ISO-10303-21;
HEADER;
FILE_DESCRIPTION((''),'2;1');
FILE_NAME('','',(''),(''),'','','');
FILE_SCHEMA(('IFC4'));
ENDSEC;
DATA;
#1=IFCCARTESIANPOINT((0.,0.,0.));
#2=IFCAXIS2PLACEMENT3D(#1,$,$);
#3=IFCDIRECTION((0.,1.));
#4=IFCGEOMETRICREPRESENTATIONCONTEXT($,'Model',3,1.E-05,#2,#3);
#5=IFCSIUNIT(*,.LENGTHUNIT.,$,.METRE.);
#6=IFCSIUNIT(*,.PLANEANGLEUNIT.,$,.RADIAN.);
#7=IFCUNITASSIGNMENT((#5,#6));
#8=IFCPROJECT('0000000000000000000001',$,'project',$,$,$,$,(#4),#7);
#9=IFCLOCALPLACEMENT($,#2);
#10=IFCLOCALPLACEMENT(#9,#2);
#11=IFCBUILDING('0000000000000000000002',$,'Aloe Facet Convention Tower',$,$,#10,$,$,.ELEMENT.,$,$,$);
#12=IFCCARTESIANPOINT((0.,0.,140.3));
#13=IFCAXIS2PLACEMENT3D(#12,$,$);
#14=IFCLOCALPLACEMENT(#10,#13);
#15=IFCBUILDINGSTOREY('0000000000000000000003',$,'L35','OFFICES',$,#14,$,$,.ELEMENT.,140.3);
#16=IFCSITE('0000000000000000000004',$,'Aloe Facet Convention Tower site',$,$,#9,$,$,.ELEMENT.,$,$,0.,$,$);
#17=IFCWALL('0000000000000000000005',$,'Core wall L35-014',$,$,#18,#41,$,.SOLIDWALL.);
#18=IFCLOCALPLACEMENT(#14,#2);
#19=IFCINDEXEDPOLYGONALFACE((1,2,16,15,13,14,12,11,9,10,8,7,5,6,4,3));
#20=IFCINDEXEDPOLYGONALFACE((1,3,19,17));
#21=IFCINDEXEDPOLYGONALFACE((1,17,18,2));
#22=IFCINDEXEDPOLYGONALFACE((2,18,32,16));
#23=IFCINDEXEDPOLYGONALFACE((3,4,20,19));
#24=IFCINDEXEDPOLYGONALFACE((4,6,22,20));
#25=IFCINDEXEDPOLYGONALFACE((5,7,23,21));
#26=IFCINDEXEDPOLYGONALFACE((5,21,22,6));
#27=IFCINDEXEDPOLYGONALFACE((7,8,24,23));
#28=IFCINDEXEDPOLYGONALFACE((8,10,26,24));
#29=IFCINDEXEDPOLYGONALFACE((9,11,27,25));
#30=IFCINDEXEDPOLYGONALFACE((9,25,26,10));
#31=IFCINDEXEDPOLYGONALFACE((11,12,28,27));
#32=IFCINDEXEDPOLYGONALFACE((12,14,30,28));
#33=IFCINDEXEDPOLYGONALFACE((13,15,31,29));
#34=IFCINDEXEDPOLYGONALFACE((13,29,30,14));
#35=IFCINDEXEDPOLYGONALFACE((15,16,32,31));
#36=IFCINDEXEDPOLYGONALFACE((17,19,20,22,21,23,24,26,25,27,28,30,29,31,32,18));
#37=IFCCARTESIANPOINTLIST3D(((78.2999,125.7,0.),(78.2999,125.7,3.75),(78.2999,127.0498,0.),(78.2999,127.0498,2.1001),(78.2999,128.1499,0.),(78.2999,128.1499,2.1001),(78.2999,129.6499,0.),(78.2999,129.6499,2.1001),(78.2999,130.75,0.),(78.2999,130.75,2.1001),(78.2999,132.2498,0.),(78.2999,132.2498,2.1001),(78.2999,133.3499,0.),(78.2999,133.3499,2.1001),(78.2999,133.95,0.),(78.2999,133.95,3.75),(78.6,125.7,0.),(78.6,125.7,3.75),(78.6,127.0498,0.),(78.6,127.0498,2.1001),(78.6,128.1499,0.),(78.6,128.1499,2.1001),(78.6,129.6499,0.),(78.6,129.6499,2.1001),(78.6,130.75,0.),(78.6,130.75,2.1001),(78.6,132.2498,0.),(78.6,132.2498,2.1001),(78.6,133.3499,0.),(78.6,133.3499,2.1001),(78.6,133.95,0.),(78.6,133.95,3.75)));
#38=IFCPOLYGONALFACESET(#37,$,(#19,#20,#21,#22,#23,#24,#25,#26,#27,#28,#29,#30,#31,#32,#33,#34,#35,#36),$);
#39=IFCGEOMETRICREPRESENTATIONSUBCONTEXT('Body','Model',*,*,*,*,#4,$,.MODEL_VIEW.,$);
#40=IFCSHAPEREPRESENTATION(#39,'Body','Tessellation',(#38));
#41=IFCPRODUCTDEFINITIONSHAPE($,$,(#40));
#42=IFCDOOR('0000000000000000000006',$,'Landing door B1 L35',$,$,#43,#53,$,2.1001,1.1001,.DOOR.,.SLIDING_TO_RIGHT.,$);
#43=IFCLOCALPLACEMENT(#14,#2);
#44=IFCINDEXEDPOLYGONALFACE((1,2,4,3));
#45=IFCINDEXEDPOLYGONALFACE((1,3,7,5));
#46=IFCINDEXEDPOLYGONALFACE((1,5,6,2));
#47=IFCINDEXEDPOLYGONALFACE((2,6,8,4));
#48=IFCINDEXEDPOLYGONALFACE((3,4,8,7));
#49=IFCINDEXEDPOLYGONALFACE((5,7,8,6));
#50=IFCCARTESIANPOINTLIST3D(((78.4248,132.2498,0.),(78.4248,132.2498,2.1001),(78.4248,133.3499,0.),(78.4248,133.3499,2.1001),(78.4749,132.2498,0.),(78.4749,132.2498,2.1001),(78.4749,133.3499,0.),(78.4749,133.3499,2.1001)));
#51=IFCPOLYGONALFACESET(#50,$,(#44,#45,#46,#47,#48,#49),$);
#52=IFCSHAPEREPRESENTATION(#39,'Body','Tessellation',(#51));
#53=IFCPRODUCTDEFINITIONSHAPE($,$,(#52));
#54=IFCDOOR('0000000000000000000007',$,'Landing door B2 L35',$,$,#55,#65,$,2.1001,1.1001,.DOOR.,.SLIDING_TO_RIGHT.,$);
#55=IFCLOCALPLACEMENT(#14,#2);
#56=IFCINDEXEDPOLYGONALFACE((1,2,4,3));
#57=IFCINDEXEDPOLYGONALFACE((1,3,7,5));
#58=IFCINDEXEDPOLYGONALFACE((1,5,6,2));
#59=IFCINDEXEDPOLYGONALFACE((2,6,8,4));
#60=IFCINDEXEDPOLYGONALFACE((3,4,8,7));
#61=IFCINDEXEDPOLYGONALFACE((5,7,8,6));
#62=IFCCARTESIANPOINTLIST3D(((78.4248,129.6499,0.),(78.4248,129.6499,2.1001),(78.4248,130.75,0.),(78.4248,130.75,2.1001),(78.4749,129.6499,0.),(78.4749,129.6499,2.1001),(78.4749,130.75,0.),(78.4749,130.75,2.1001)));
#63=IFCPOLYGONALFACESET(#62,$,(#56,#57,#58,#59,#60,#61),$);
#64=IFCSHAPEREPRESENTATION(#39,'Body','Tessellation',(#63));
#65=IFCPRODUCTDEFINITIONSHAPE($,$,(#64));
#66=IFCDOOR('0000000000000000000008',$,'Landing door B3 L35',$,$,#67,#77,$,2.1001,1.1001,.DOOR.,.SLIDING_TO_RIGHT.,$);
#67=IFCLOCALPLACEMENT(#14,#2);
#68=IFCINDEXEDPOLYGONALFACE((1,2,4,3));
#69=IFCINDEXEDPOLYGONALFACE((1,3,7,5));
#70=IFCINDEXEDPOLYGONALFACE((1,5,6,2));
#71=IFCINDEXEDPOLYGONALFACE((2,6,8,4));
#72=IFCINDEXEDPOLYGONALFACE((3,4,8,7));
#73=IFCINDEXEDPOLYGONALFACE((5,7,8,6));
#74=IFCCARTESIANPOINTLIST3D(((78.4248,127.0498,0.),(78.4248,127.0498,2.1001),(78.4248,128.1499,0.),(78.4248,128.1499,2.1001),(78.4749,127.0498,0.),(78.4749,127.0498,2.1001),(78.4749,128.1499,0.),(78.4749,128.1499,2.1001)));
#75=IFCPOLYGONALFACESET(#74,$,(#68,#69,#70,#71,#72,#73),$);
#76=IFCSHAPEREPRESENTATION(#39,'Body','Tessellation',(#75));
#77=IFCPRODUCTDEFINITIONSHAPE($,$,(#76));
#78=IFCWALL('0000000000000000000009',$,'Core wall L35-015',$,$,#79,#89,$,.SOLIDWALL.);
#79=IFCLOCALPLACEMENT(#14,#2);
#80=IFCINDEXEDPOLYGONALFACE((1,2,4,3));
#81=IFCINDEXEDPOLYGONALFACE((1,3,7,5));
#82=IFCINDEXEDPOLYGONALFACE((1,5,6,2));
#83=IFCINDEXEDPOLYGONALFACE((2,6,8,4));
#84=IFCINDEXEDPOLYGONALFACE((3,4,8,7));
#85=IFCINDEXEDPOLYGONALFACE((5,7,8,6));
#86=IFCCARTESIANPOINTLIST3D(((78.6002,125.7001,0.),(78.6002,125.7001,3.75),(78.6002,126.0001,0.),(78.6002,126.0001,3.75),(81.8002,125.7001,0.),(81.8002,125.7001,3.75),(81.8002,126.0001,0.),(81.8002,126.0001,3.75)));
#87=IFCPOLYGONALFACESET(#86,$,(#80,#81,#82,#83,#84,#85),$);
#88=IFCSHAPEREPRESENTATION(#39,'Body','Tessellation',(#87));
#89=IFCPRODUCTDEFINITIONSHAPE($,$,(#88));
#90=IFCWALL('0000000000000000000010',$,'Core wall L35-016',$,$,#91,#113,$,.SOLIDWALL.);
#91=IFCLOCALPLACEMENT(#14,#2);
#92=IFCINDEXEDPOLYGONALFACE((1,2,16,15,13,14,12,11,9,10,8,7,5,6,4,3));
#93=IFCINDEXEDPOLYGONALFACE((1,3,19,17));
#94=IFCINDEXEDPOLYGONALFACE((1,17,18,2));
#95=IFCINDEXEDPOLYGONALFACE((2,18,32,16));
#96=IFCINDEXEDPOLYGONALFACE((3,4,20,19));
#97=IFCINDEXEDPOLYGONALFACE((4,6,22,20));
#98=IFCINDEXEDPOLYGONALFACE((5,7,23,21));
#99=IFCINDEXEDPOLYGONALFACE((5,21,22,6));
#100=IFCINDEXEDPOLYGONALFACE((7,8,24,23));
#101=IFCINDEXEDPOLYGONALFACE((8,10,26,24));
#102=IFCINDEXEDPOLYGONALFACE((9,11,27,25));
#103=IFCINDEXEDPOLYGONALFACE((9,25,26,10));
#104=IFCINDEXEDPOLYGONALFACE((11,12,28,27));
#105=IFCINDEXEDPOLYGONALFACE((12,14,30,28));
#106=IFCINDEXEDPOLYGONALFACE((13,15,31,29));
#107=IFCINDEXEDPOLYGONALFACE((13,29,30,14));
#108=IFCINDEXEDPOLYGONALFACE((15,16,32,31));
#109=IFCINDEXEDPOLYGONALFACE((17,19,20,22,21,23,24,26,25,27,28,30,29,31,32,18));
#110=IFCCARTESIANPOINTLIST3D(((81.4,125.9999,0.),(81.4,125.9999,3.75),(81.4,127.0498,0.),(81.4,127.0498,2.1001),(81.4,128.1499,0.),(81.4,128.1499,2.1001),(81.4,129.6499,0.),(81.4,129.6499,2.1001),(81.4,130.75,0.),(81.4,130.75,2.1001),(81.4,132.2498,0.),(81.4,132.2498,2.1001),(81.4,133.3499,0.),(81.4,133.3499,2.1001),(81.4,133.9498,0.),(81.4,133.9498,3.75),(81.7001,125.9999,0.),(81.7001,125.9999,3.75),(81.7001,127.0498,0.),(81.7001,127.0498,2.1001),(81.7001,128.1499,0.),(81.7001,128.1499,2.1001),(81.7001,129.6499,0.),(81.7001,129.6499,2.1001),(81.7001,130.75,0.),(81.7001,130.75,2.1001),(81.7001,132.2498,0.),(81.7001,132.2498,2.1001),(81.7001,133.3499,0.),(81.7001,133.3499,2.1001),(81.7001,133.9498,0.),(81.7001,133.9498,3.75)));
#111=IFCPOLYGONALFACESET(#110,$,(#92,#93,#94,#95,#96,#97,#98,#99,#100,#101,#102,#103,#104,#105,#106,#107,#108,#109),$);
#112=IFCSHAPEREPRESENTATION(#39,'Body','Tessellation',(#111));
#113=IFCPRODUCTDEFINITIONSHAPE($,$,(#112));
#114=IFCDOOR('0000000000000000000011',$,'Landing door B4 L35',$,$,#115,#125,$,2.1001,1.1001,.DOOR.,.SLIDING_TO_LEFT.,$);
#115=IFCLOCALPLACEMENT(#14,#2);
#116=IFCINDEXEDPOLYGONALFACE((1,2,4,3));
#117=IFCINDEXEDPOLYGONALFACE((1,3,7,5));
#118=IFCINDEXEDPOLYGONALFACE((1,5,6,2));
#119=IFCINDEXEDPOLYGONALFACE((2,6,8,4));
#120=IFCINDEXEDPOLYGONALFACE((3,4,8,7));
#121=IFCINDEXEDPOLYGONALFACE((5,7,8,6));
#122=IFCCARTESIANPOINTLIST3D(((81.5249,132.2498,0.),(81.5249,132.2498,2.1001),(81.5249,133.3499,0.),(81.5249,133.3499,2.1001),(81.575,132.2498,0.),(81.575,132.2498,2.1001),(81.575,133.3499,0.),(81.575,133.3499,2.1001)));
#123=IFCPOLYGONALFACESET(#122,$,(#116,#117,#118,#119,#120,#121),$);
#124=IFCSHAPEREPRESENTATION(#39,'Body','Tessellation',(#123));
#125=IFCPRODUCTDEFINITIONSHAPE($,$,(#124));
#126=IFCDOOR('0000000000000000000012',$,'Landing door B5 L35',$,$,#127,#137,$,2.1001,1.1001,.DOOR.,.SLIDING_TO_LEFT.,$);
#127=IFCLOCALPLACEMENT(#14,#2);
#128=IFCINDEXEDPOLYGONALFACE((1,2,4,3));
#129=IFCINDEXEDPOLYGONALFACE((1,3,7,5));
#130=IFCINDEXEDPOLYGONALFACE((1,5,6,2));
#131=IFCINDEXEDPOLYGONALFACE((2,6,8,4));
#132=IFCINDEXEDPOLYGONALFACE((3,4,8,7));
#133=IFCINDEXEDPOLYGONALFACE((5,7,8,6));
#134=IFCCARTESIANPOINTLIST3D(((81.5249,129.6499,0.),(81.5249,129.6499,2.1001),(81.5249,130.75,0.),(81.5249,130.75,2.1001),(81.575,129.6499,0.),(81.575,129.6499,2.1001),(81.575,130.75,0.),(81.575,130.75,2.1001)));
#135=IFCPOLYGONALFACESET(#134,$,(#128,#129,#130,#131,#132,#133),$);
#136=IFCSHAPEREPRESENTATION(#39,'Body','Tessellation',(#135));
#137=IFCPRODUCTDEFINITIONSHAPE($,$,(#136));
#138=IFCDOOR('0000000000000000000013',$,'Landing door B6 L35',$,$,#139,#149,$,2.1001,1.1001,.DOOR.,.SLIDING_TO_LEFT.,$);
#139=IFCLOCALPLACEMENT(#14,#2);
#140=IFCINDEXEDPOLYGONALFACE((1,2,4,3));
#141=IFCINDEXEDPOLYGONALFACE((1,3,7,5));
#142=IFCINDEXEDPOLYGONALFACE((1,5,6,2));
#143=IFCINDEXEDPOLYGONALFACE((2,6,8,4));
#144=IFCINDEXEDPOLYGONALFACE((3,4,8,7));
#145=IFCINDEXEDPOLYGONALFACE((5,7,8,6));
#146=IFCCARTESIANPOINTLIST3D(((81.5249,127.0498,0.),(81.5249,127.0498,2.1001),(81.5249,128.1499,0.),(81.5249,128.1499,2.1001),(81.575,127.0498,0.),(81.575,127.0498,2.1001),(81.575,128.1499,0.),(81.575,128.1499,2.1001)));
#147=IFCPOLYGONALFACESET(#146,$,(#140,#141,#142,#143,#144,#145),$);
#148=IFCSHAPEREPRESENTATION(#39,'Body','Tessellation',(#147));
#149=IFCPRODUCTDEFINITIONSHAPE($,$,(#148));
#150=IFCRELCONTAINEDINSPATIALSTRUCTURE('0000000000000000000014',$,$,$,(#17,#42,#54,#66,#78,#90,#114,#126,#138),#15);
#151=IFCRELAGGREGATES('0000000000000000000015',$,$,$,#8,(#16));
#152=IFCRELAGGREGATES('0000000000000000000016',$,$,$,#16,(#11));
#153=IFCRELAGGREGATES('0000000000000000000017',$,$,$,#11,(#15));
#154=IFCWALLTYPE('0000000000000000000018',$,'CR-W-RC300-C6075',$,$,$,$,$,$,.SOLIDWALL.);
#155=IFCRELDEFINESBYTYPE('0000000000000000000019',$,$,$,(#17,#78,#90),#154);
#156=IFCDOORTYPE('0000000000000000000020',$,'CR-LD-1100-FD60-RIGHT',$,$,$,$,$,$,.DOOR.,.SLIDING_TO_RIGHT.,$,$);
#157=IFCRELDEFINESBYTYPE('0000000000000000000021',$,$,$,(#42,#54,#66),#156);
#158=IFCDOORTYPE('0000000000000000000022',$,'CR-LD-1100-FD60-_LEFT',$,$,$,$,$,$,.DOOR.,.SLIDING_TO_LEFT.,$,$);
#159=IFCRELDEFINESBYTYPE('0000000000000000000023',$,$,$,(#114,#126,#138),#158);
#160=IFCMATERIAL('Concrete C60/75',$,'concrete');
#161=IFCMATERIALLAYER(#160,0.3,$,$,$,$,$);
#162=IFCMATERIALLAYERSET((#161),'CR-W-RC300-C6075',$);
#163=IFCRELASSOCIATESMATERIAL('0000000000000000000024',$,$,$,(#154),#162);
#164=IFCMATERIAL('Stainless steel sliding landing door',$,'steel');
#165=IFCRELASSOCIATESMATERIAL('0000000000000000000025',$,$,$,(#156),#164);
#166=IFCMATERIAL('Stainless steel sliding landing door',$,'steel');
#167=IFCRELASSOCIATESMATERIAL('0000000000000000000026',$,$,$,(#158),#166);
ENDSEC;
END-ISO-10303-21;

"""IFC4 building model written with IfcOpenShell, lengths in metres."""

from ifc_helpers import new_model, si_unit, direction, frame, frame_2d, origin, place, context, subcontext, project, spatial, rectangle, extrude, material, layer, layer_set, type_object, element, fill, save


model = new_model("IFC4")

# Units and contexts
model_context = context("Model", 3, precision=1e-05, world=origin(), true_north=direction((0.0, 1.0)))
body_context = subcontext(model_context, "Body", "Model", "MODEL_VIEW")
ifc_project = project(units=[si_unit("LENGTHUNIT", "METRE"), si_unit("PLANEANGLEUNIT", "RADIAN")], contexts=[model_context])

# Site, building, storey
site_placement = place(None, origin())
site = spatial("IfcSite", under=ifc_project, at=site_placement, Name="Aloe Facet Convention Tower site", CompositionType="ELEMENT", RefElevation=0.0)
building_placement = place(site_placement, origin())
building = spatial("IfcBuilding", under=site, at=building_placement, Name="Aloe Facet Convention Tower", CompositionType="ELEMENT")
storey_placement = place(building_placement, frame((0.0, 0.0, 140.3)))
storey = spatial("IfcBuildingStorey", under=building, at=storey_placement, Name="L35", Description="OFFICES", CompositionType="ELEMENT", Elevation=140.3)

# Wall, openings, doors
ifc_material_1 = material(Name="Concrete C60/75", Category="concrete")
ifc_layer = layer(ifc_material_1, 0.3)
ifc_layer_set = layer_set([ifc_layer], Name="CR-W-RC300-C6075")
wall_type = type_object("IfcWallType", Name="CR-W-RC300-C6075", PredefinedType="SOLIDWALL", material=ifc_layer_set)
wall_1_placement = place(storey_placement, frame((78.45, 133.95, 0.0), z_axis=(0.0, 0.0, 1.0), x_axis=(0.0, -1.0, 0.0)))
wall_1 = element("IfcWall", 1, at=wall_1_placement, inside=storey, type_object=wall_type, Name="Core wall L35-014", PredefinedType="SOLIDWALL", context=body_context, shape_type="SweptSolid", body=[
    extrude(rectangle(XDim=8.25, YDim=0.3, at=frame_2d((4.125, 0.0))), origin(), (0.0, 0.0, 1.0), 3.75),
])
opening_1_placement = place(wall_1_placement, frame((0.6001, 0.0, 0.0)))
opening_1 = element("IfcOpeningElement", 2, at=opening_1_placement, cuts=wall_1, PredefinedType="OPENING", context=body_context, shape_type="SweptSolid", body=[
    extrude(rectangle(XDim=1.1001, YDim=2.1001, at=frame_2d((0.55, 1.05))), frame((0.0, 0.1602, 0.0), z_axis=(0.0, -1.0, 0.0), x_axis=(1.0, 0.0, 0.0)), (0.0, 0.0, 1.0), 0.3201),
])
opening_2_placement = place(wall_1_placement, frame((3.2, 0.0, 0.0)))
opening_2 = element("IfcOpeningElement", 3, at=opening_2_placement, cuts=wall_1, PredefinedType="OPENING", context=body_context, shape_type="SweptSolid", body=[
    extrude(rectangle(XDim=1.1001, YDim=2.1001, at=frame_2d((0.55, 1.05))), frame((0.0, 0.1602, 0.0), z_axis=(0.0, -1.0, 0.0), x_axis=(1.0, 0.0, 0.0)), (0.0, 0.0, 1.0), 0.3201),
])
opening_3_placement = place(wall_1_placement, frame((5.8, 0.0, 0.0)))
opening_3 = element("IfcOpeningElement", 4, at=opening_3_placement, cuts=wall_1, PredefinedType="OPENING", context=body_context, shape_type="SweptSolid", body=[
    extrude(rectangle(XDim=1.1001, YDim=2.1001, at=frame_2d((0.55, 1.05))), frame((0.0, 0.1602, 0.0), z_axis=(0.0, -1.0, 0.0), x_axis=(1.0, 0.0, 0.0)), (0.0, 0.0, 1.0), 0.3201),
])
ifc_material_2 = material(Name="Stainless steel sliding landing door", Category="steel")
door_type_1 = type_object("IfcDoorType", Name="CR-LD-1100-FD60-RIGHT", OperationType="SLIDING_TO_RIGHT", PredefinedType="DOOR", material=ifc_material_2)
door_1_placement = place(opening_1_placement, origin())
door_1 = element("IfcDoor", 5, at=door_1_placement, inside=storey, type_object=door_type_1, Name="Landing door B1 L35", OperationType="SLIDING_TO_RIGHT", OverallHeight=2.1001, OverallWidth=1.1001, PredefinedType="DOOR", context=body_context, shape_type="SweptSolid", body=[
    extrude(rectangle(XDim=1.1001, YDim=2.1001, at=frame_2d((0.55, 1.05))), frame((0.0, 0.0249, 0.0), z_axis=(0.0, -1.0, 0.0), x_axis=(1.0, 0.0, 0.0)), (0.0, 0.0, 1.0), 0.05),
])
fill(opening_1, door_1)
door_2_placement = place(opening_2_placement, origin())
door_2 = element("IfcDoor", 6, at=door_2_placement, inside=storey, type_object=door_type_1, Name="Landing door B2 L35", OperationType="SLIDING_TO_RIGHT", OverallHeight=2.1001, OverallWidth=1.1001, PredefinedType="DOOR", context=body_context, shape_type="SweptSolid", body=[
    extrude(rectangle(XDim=1.1001, YDim=2.1001, at=frame_2d((0.55, 1.05))), frame((0.0, 0.0249, 0.0), z_axis=(0.0, -1.0, 0.0), x_axis=(1.0, 0.0, 0.0)), (0.0, 0.0, 1.0), 0.05),
])
fill(opening_2, door_2)
door_3_placement = place(opening_3_placement, origin())
door_3 = element("IfcDoor", 7, at=door_3_placement, inside=storey, type_object=door_type_1, Name="Landing door B3 L35", OperationType="SLIDING_TO_RIGHT", OverallHeight=2.1001, OverallWidth=1.1001, PredefinedType="DOOR", context=body_context, shape_type="SweptSolid", body=[
    extrude(rectangle(XDim=1.1001, YDim=2.1001, at=frame_2d((0.55, 1.05))), frame((0.0, 0.0249, 0.0), z_axis=(0.0, -1.0, 0.0), x_axis=(1.0, 0.0, 0.0)), (0.0, 0.0, 1.0), 0.05),
])
fill(opening_3, door_3)

# Wall
wall_2_placement = place(storey_placement, frame((78.6001, 125.8501, 0.0), z_axis=(0.0, 0.0, 1.0), x_axis=(1.0, 0.0, 0.0)))
element("IfcWall", 8, at=wall_2_placement, inside=storey, type_object=wall_type, Name="Core wall L35-015", PredefinedType="SOLIDWALL", context=body_context, shape_type="SweptSolid", body=[
    extrude(rectangle(XDim=3.2, YDim=0.3, at=frame_2d((1.6001, 0.0))), origin(), (0.0, 0.0, 1.0), 3.75),
])

# Wall, openings, doors
wall_3_placement = place(storey_placement, frame((81.55, 133.95, 0.0), z_axis=(0.0, 0.0, 1.0), x_axis=(0.0, -1.0, 0.0)))
wall_3 = element("IfcWall", 9, at=wall_3_placement, inside=storey, type_object=wall_type, Name="Core wall L35-016", PredefinedType="SOLIDWALL", context=body_context, shape_type="SweptSolid", body=[
    extrude(rectangle(XDim=7.95, YDim=0.3, at=frame_2d((3.9751, 0.0))), origin(), (0.0, 0.0, 1.0), 3.75),
])
opening_4_placement = place(wall_3_placement, frame((0.6001, 0.0, 0.0)))
opening_4 = element("IfcOpeningElement", 10, at=opening_4_placement, cuts=wall_3, PredefinedType="OPENING", context=body_context, shape_type="SweptSolid", body=[
    extrude(rectangle(XDim=1.1001, YDim=2.1001, at=frame_2d((0.55, 1.05))), frame((0.0, 0.1602, 0.0), z_axis=(0.0, -1.0, 0.0), x_axis=(1.0, 0.0, 0.0)), (0.0, 0.0, 1.0), 0.3201),
])
opening_5_placement = place(wall_3_placement, frame((3.2, 0.0, 0.0)))
opening_5 = element("IfcOpeningElement", 11, at=opening_5_placement, cuts=wall_3, PredefinedType="OPENING", context=body_context, shape_type="SweptSolid", body=[
    extrude(rectangle(XDim=1.1001, YDim=2.1001, at=frame_2d((0.55, 1.05))), frame((0.0, 0.1602, 0.0), z_axis=(0.0, -1.0, 0.0), x_axis=(1.0, 0.0, 0.0)), (0.0, 0.0, 1.0), 0.3201),
])
opening_6_placement = place(wall_3_placement, frame((5.8, 0.0, 0.0)))
opening_6 = element("IfcOpeningElement", 12, at=opening_6_placement, cuts=wall_3, PredefinedType="OPENING", context=body_context, shape_type="SweptSolid", body=[
    extrude(rectangle(XDim=1.1001, YDim=2.1001, at=frame_2d((0.55, 1.05))), frame((0.0, 0.1602, 0.0), z_axis=(0.0, -1.0, 0.0), x_axis=(1.0, 0.0, 0.0)), (0.0, 0.0, 1.0), 0.3201),
])
ifc_material_3 = material(Name="Stainless steel sliding landing door", Category="steel")
door_type_2 = type_object("IfcDoorType", Name="CR-LD-1100-FD60-_LEFT", OperationType="SLIDING_TO_LEFT", PredefinedType="DOOR", material=ifc_material_3)
door_4_placement = place(opening_4_placement, origin())
door_4 = element("IfcDoor", 13, at=door_4_placement, inside=storey, type_object=door_type_2, Name="Landing door B4 L35", OperationType="SLIDING_TO_LEFT", OverallHeight=2.1001, OverallWidth=1.1001, PredefinedType="DOOR", context=body_context, shape_type="SweptSolid", body=[
    extrude(rectangle(XDim=1.1001, YDim=2.1001, at=frame_2d((0.55, 1.05))), frame((0.0, 0.0249, 0.0), z_axis=(0.0, -1.0, 0.0), x_axis=(1.0, 0.0, 0.0)), (0.0, 0.0, 1.0), 0.05),
])
fill(opening_4, door_4)
door_5_placement = place(opening_5_placement, origin())
door_5 = element("IfcDoor", 14, at=door_5_placement, inside=storey, type_object=door_type_2, Name="Landing door B5 L35", OperationType="SLIDING_TO_LEFT", OverallHeight=2.1001, OverallWidth=1.1001, PredefinedType="DOOR", context=body_context, shape_type="SweptSolid", body=[
    extrude(rectangle(XDim=1.1001, YDim=2.1001, at=frame_2d((0.55, 1.05))), frame((0.0, 0.0249, 0.0), z_axis=(0.0, -1.0, 0.0), x_axis=(1.0, 0.0, 0.0)), (0.0, 0.0, 1.0), 0.05),
])
fill(opening_5, door_5)
door_6_placement = place(opening_6_placement, origin())
door_6 = element("IfcDoor", 15, at=door_6_placement, inside=storey, type_object=door_type_2, Name="Landing door B6 L35", OperationType="SLIDING_TO_LEFT", OverallHeight=2.1001, OverallWidth=1.1001, PredefinedType="DOOR", context=body_context, shape_type="SweptSolid", body=[
    extrude(rectangle(XDim=1.1001, YDim=2.1001, at=frame_2d((0.55, 1.05))), frame((0.0, 0.0249, 0.0), z_axis=(0.0, -1.0, 0.0), x_axis=(1.0, 0.0, 0.0)), (0.0, 0.0, 1.0), 0.05),
])
fill(opening_6, door_6)

save(model, "model.ifc")
